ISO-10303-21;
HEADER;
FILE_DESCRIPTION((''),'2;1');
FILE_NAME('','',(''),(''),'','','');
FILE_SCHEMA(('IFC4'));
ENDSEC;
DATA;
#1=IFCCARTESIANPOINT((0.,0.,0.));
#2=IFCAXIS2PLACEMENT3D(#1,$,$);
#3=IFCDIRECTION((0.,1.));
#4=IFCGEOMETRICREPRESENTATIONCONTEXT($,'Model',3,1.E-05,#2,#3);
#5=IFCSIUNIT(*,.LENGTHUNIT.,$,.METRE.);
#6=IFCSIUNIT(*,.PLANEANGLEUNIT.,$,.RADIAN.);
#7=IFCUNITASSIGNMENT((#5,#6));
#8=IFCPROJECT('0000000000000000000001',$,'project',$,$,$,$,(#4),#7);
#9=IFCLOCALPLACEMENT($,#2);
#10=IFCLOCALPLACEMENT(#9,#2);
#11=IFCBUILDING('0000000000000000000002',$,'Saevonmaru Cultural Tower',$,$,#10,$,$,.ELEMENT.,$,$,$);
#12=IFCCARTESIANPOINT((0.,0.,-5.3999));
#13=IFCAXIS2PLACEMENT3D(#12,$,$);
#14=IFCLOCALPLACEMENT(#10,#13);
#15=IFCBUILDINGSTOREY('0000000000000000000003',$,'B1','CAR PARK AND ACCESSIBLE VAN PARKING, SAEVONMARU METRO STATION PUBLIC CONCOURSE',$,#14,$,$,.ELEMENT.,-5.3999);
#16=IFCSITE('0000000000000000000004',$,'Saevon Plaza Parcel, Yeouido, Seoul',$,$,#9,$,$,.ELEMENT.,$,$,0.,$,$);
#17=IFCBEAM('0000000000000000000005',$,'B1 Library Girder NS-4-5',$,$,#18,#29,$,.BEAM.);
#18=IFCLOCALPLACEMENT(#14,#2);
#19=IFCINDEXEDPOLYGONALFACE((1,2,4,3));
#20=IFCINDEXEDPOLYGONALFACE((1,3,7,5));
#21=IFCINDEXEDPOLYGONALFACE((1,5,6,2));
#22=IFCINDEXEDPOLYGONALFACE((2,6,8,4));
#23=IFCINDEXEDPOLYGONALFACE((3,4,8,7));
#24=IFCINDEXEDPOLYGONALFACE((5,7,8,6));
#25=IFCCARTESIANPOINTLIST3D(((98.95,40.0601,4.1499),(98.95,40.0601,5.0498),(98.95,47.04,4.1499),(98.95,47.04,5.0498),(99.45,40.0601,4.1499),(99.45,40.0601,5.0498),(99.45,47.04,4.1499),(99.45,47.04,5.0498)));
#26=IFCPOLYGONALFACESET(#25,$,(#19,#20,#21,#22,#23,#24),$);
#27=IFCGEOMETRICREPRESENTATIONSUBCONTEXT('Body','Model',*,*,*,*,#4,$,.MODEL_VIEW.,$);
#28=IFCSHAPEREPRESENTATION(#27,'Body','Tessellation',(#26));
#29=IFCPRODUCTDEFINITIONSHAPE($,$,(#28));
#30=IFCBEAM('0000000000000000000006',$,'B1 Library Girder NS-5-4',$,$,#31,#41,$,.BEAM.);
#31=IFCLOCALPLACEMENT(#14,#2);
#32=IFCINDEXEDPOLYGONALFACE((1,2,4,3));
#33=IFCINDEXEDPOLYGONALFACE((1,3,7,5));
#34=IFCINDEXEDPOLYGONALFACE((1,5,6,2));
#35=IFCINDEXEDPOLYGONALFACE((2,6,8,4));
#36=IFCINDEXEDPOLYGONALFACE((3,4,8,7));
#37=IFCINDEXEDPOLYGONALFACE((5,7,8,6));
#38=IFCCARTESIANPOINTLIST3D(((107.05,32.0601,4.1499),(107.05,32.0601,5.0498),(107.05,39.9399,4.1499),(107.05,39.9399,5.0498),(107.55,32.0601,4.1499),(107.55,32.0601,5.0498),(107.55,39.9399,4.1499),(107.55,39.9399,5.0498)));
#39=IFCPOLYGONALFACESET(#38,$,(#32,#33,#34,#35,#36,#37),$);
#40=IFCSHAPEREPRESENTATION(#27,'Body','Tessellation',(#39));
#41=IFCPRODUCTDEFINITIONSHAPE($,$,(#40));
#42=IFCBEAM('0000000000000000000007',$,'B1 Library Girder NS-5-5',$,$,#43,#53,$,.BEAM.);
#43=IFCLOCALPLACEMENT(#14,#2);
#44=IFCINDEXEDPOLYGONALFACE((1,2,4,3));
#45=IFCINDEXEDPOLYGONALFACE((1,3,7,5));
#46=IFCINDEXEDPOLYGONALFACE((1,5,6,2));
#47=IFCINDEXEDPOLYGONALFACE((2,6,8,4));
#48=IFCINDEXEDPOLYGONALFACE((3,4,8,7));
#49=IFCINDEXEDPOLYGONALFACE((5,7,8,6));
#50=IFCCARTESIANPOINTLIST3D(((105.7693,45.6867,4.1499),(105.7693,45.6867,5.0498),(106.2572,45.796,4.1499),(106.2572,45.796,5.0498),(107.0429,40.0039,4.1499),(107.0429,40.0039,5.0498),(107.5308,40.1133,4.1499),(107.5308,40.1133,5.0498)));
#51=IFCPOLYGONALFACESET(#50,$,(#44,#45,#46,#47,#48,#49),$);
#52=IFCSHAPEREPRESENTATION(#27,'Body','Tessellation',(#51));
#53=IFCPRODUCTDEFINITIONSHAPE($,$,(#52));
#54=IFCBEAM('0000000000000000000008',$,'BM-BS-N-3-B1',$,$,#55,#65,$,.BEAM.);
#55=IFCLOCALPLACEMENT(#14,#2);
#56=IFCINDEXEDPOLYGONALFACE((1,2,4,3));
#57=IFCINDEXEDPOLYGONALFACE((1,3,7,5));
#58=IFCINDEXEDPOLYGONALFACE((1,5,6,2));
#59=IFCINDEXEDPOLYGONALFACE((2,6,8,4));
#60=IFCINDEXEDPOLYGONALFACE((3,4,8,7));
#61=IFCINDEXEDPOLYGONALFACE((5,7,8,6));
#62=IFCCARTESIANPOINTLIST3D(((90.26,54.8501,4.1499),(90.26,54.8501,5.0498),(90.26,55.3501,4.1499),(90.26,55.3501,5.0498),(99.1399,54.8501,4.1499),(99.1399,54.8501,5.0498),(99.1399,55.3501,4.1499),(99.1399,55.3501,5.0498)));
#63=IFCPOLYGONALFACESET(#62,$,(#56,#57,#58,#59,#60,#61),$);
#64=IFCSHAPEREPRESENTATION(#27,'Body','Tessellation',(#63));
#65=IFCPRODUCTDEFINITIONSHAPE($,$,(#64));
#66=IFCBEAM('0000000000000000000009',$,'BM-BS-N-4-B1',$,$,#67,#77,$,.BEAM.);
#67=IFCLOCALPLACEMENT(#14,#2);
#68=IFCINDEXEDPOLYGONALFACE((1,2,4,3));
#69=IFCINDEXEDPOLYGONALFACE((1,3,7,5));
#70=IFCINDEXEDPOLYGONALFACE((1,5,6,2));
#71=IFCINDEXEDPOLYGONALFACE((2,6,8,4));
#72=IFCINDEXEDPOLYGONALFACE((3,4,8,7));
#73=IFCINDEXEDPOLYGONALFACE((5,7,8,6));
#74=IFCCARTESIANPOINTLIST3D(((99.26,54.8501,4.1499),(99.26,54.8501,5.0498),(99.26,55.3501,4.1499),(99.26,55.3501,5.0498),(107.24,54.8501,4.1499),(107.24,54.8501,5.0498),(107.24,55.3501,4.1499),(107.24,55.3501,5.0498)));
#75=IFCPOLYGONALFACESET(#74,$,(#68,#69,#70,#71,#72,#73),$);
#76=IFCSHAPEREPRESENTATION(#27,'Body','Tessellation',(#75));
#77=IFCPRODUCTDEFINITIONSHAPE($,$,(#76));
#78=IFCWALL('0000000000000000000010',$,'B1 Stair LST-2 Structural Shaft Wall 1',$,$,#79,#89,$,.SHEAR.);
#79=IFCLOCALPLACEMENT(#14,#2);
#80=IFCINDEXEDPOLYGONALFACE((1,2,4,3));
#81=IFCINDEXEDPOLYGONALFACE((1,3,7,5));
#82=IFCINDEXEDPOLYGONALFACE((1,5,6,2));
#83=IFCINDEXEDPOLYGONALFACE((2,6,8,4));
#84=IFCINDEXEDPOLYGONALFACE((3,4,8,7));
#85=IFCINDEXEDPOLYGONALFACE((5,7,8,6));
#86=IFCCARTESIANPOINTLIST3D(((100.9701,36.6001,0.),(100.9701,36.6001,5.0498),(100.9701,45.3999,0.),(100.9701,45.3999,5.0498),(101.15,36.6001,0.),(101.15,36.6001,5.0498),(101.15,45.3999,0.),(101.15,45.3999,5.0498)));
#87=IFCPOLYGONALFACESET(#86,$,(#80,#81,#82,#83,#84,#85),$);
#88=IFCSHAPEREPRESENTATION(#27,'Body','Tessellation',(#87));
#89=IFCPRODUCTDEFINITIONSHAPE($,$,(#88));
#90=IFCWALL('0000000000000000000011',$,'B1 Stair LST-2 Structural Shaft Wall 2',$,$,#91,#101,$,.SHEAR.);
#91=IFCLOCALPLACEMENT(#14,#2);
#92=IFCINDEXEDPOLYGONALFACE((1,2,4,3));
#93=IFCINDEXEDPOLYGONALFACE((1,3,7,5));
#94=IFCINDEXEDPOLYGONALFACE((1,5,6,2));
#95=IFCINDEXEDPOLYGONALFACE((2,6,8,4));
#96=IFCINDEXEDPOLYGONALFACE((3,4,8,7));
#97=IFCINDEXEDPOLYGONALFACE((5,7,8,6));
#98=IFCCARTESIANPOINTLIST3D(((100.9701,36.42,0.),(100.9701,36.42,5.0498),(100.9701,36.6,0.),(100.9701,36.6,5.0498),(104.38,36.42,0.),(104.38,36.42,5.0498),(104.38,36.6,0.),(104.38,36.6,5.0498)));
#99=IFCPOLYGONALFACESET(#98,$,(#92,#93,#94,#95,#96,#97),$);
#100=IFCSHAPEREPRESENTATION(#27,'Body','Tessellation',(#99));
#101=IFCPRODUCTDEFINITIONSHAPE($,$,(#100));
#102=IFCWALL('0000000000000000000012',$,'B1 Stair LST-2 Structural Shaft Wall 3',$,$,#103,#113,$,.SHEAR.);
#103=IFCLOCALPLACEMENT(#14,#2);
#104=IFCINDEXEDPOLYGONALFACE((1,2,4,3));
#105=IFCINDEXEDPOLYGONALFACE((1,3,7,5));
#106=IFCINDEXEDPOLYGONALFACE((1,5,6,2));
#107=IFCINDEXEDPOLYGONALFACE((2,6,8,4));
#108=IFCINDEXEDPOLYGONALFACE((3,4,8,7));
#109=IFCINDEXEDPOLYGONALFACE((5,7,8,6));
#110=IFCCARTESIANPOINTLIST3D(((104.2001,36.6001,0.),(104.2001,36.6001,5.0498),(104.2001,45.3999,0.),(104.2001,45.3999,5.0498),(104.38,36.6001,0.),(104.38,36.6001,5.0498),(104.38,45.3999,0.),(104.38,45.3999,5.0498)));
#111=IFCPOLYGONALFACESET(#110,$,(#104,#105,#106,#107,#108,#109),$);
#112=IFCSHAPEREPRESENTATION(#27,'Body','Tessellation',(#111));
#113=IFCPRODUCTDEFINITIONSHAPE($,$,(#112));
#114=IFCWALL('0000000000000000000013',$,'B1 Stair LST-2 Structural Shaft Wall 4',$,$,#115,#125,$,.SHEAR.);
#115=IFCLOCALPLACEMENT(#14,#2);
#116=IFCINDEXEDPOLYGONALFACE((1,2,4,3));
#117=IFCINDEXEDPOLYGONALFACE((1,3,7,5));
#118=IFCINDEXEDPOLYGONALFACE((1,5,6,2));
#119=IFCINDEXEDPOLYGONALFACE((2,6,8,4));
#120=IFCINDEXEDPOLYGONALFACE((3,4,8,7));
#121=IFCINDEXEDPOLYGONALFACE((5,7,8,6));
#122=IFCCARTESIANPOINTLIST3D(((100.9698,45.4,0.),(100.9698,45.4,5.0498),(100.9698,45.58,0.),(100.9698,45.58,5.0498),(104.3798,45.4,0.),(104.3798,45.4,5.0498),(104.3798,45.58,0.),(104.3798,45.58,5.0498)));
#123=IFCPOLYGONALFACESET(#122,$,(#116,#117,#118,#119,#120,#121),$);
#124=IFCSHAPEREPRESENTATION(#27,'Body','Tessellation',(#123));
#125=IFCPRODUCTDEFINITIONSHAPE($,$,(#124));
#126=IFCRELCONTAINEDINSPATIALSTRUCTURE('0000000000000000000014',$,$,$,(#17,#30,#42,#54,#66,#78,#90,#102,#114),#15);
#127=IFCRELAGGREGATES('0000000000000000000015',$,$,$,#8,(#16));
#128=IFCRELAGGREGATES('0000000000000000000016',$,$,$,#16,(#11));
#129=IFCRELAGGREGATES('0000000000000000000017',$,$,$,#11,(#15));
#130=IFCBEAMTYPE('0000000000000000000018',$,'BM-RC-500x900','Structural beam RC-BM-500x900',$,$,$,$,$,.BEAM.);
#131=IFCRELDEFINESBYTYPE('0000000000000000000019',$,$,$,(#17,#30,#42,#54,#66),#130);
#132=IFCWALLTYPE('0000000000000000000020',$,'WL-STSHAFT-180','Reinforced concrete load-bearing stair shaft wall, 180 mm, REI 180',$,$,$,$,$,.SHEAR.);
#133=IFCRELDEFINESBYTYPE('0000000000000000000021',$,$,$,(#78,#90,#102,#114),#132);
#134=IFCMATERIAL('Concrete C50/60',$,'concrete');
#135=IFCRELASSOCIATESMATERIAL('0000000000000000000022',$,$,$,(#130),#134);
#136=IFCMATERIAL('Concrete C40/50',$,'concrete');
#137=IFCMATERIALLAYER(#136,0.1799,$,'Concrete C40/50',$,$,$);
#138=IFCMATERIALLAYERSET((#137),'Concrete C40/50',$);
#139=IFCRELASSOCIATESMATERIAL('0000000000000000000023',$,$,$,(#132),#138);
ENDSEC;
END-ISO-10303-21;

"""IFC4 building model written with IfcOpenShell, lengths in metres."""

from ifc_helpers import new_model, si_unit, direction, frame, frame_2d, origin, origin_2d, place, context, subcontext, project, spatial, rectangle, extrude, material, layer, layer_set, material_profile, profile_set, type_object, element, save


model = new_model("IFC4")

# Units and contexts
model_context = context("Model", 3, precision=1e-05, world=origin(), true_north=direction((0.0, 1.0)))
body_context = subcontext(model_context, "Body", "Model", "MODEL_VIEW")
ifc_project = project(units=[si_unit("LENGTHUNIT", "METRE"), si_unit("PLANEANGLEUNIT", "RADIAN")], contexts=[model_context])

# Site, building, storey
site_placement = place(None, origin())
site = spatial("IfcSite", under=ifc_project, at=site_placement, Name="Saevon Plaza Parcel, Yeouido, Seoul", CompositionType="ELEMENT", RefElevation=0.0)
building_placement = place(site_placement, origin())
building = spatial("IfcBuilding", under=site, at=building_placement, Name="Saevonmaru Cultural Tower", CompositionType="ELEMENT")
storey_placement = place(building_placement, frame((0.0, 0.0, -5.3999)))
storey = spatial("IfcBuildingStorey", under=building, at=storey_placement, Name="B1", Description="CAR PARK AND ACCESSIBLE VAN PARKING, SAEVONMARU METRO STATION PUBLIC CONCOURSE", CompositionType="ELEMENT", Elevation=-5.3999)

# Shared definitions
ifc_material_1 = material(Name="Concrete C50/60", Category="concrete")

# Beams
ifc_material_2 = material(Name="Concrete C40/50", Category="concrete")
ifc_material_profile_1 = material_profile(ifc_material_1, rectangle(XDim=0.5, YDim=0.8999, at=origin_2d()), Name="RC-BM-500x900")
ifc_profile_set_1 = profile_set([ifc_material_profile_1], Name="Concrete C50/60")
beam_type_1 = type_object("IfcBeamType", Name="BM-RC-500x900", Description="Structural beam RC-BM-500x900", PredefinedType="BEAM", material=ifc_profile_set_1)
beam_1_placement = place(storey_placement, frame((99.2, 40.0601, 4.5999), z_axis=(0.0, 1.0, 0.0), x_axis=(-1.0, 0.0, 0.0)))
element("IfcBeam", 1, at=beam_1_placement, inside=storey, type_object=beam_type_1, Name="B1 Library Girder NS-4-5", PredefinedType="BEAM", context=body_context, shape_type="SweptSolid", body=[
    extrude(rectangle(XDim=0.5, YDim=0.8999, at=origin_2d()), origin(), (0.0, 0.0, 1.0), 6.98),
])
beam_2_placement = place(storey_placement, frame((107.3, 32.0601, 4.5999), z_axis=(0.0, 1.0, 0.0), x_axis=(-1.0, 0.0, 0.0)))
element("IfcBeam", 2, at=beam_2_placement, inside=storey, type_object=beam_type_1, Name="B1 Library Girder NS-5-4", PredefinedType="BEAM", context=body_context, shape_type="SweptSolid", body=[
    extrude(rectangle(XDim=0.5, YDim=0.8999, at=origin_2d()), origin(), (0.0, 0.0, 1.0), 7.8799),
])
beam_3_placement = place(storey_placement, frame((107.2869, 40.0586, 4.5999), z_axis=(-0.218701, 0.975792, 0.0), x_axis=(-0.975792, -0.218701, 0.0)))
element("IfcBeam", 3, at=beam_3_placement, inside=storey, type_object=beam_type_1, Name="B1 Library Girder NS-5-5", PredefinedType="BEAM", context=body_context, shape_type="SweptSolid", body=[
    extrude(rectangle(XDim=0.5, YDim=0.8999, at=origin_2d()), origin(), (0.0, 0.0, 1.0), 5.8237),
])
beam_4_placement = place(storey_placement, frame((90.26, 55.1001, 4.5999), z_axis=(1.0, 0.0, 0.0), x_axis=(0.0, 1.0, 0.0)))
element("IfcBeam", 4, at=beam_4_placement, inside=storey, type_object=beam_type_1, Name="BM-BS-N-3-B1", PredefinedType="BEAM", context=body_context, shape_type="SweptSolid", body=[
    extrude(rectangle(XDim=0.5, YDim=0.8999, at=origin_2d()), origin(), (0.0, 0.0, 1.0), 8.8799),
])
beam_5_placement = place(storey_placement, frame((99.26, 55.1001, 4.5999), z_axis=(1.0, 0.0, 0.0), x_axis=(0.0, 1.0, 0.0)))
element("IfcBeam", 5, at=beam_5_placement, inside=storey, type_object=beam_type_1, Name="BM-BS-N-4-B1", PredefinedType="BEAM", context=body_context, shape_type="SweptSolid", body=[
    extrude(rectangle(XDim=0.5, YDim=0.8999, at=origin_2d()), origin(), (0.0, 0.0, 1.0), 7.98),
])

# Walls
ifc_layer = layer(ifc_material_2, 0.1799, Name="Concrete C40/50")
ifc_layer_set = layer_set([ifc_layer], Name="Concrete C40/50")
wall_type = type_object("IfcWallType", Name="WL-STSHAFT-180", Description="Reinforced concrete load-bearing stair shaft wall, 180 mm, REI 180", PredefinedType="SHEAR", material=ifc_layer_set)
wall_1_placement = place(storey_placement, frame((101.0601, 45.3999, 0.0), z_axis=(0.0, 0.0, 1.0), x_axis=(0.0, -1.0, 0.0)))
element("IfcWall", 6, at=wall_1_placement, inside=storey, type_object=wall_type, Name="B1 Stair LST-2 Structural Shaft Wall 1", PredefinedType="SHEAR", context=body_context, shape_type="SweptSolid", body=[
    extrude(rectangle(XDim=8.7998, YDim=0.1799, at=frame_2d((4.3999, 0.0))), origin(), (0.0, 0.0, 1.0), 5.0498),
])
wall_2_placement = place(storey_placement, frame((100.97, 36.51, 0.0), z_axis=(0.0, 0.0, 1.0), x_axis=(1.0, 0.0, 0.0)))
element("IfcWall", 7, at=wall_2_placement, inside=storey, type_object=wall_type, Name="B1 Stair LST-2 Structural Shaft Wall 2", PredefinedType="SHEAR", context=body_context, shape_type="SweptSolid", body=[
    extrude(rectangle(XDim=3.4099, YDim=0.1799, at=frame_2d((1.7051, 0.0))), origin(), (0.0, 0.0, 1.0), 5.0498),
])
wall_3_placement = place(storey_placement, frame((104.29, 36.6001, 0.0), z_axis=(0.0, 0.0, 1.0), x_axis=(0.0, 1.0, 0.0)))
element("IfcWall", 8, at=wall_3_placement, inside=storey, type_object=wall_type, Name="B1 Stair LST-2 Structural Shaft Wall 3", PredefinedType="SHEAR", context=body_context, shape_type="SweptSolid", body=[
    extrude(rectangle(XDim=8.7998, YDim=0.1799, at=frame_2d((4.3999, 0.0))), origin(), (0.0, 0.0, 1.0), 5.0498),
])
wall_4_placement = place(storey_placement, frame((104.3799, 45.49, 0.0), z_axis=(0.0, 0.0, 1.0), x_axis=(-1.0, 0.0, 0.0)))
element("IfcWall", 9, at=wall_4_placement, inside=storey, type_object=wall_type, Name="B1 Stair LST-2 Structural Shaft Wall 4", PredefinedType="SHEAR", context=body_context, shape_type="SweptSolid", body=[
    extrude(rectangle(XDim=3.4099, YDim=0.1799, at=frame_2d((1.7051, 0.0))), origin(), (0.0, 0.0, 1.0), 5.0498),
])

save(model, "model.ifc")
